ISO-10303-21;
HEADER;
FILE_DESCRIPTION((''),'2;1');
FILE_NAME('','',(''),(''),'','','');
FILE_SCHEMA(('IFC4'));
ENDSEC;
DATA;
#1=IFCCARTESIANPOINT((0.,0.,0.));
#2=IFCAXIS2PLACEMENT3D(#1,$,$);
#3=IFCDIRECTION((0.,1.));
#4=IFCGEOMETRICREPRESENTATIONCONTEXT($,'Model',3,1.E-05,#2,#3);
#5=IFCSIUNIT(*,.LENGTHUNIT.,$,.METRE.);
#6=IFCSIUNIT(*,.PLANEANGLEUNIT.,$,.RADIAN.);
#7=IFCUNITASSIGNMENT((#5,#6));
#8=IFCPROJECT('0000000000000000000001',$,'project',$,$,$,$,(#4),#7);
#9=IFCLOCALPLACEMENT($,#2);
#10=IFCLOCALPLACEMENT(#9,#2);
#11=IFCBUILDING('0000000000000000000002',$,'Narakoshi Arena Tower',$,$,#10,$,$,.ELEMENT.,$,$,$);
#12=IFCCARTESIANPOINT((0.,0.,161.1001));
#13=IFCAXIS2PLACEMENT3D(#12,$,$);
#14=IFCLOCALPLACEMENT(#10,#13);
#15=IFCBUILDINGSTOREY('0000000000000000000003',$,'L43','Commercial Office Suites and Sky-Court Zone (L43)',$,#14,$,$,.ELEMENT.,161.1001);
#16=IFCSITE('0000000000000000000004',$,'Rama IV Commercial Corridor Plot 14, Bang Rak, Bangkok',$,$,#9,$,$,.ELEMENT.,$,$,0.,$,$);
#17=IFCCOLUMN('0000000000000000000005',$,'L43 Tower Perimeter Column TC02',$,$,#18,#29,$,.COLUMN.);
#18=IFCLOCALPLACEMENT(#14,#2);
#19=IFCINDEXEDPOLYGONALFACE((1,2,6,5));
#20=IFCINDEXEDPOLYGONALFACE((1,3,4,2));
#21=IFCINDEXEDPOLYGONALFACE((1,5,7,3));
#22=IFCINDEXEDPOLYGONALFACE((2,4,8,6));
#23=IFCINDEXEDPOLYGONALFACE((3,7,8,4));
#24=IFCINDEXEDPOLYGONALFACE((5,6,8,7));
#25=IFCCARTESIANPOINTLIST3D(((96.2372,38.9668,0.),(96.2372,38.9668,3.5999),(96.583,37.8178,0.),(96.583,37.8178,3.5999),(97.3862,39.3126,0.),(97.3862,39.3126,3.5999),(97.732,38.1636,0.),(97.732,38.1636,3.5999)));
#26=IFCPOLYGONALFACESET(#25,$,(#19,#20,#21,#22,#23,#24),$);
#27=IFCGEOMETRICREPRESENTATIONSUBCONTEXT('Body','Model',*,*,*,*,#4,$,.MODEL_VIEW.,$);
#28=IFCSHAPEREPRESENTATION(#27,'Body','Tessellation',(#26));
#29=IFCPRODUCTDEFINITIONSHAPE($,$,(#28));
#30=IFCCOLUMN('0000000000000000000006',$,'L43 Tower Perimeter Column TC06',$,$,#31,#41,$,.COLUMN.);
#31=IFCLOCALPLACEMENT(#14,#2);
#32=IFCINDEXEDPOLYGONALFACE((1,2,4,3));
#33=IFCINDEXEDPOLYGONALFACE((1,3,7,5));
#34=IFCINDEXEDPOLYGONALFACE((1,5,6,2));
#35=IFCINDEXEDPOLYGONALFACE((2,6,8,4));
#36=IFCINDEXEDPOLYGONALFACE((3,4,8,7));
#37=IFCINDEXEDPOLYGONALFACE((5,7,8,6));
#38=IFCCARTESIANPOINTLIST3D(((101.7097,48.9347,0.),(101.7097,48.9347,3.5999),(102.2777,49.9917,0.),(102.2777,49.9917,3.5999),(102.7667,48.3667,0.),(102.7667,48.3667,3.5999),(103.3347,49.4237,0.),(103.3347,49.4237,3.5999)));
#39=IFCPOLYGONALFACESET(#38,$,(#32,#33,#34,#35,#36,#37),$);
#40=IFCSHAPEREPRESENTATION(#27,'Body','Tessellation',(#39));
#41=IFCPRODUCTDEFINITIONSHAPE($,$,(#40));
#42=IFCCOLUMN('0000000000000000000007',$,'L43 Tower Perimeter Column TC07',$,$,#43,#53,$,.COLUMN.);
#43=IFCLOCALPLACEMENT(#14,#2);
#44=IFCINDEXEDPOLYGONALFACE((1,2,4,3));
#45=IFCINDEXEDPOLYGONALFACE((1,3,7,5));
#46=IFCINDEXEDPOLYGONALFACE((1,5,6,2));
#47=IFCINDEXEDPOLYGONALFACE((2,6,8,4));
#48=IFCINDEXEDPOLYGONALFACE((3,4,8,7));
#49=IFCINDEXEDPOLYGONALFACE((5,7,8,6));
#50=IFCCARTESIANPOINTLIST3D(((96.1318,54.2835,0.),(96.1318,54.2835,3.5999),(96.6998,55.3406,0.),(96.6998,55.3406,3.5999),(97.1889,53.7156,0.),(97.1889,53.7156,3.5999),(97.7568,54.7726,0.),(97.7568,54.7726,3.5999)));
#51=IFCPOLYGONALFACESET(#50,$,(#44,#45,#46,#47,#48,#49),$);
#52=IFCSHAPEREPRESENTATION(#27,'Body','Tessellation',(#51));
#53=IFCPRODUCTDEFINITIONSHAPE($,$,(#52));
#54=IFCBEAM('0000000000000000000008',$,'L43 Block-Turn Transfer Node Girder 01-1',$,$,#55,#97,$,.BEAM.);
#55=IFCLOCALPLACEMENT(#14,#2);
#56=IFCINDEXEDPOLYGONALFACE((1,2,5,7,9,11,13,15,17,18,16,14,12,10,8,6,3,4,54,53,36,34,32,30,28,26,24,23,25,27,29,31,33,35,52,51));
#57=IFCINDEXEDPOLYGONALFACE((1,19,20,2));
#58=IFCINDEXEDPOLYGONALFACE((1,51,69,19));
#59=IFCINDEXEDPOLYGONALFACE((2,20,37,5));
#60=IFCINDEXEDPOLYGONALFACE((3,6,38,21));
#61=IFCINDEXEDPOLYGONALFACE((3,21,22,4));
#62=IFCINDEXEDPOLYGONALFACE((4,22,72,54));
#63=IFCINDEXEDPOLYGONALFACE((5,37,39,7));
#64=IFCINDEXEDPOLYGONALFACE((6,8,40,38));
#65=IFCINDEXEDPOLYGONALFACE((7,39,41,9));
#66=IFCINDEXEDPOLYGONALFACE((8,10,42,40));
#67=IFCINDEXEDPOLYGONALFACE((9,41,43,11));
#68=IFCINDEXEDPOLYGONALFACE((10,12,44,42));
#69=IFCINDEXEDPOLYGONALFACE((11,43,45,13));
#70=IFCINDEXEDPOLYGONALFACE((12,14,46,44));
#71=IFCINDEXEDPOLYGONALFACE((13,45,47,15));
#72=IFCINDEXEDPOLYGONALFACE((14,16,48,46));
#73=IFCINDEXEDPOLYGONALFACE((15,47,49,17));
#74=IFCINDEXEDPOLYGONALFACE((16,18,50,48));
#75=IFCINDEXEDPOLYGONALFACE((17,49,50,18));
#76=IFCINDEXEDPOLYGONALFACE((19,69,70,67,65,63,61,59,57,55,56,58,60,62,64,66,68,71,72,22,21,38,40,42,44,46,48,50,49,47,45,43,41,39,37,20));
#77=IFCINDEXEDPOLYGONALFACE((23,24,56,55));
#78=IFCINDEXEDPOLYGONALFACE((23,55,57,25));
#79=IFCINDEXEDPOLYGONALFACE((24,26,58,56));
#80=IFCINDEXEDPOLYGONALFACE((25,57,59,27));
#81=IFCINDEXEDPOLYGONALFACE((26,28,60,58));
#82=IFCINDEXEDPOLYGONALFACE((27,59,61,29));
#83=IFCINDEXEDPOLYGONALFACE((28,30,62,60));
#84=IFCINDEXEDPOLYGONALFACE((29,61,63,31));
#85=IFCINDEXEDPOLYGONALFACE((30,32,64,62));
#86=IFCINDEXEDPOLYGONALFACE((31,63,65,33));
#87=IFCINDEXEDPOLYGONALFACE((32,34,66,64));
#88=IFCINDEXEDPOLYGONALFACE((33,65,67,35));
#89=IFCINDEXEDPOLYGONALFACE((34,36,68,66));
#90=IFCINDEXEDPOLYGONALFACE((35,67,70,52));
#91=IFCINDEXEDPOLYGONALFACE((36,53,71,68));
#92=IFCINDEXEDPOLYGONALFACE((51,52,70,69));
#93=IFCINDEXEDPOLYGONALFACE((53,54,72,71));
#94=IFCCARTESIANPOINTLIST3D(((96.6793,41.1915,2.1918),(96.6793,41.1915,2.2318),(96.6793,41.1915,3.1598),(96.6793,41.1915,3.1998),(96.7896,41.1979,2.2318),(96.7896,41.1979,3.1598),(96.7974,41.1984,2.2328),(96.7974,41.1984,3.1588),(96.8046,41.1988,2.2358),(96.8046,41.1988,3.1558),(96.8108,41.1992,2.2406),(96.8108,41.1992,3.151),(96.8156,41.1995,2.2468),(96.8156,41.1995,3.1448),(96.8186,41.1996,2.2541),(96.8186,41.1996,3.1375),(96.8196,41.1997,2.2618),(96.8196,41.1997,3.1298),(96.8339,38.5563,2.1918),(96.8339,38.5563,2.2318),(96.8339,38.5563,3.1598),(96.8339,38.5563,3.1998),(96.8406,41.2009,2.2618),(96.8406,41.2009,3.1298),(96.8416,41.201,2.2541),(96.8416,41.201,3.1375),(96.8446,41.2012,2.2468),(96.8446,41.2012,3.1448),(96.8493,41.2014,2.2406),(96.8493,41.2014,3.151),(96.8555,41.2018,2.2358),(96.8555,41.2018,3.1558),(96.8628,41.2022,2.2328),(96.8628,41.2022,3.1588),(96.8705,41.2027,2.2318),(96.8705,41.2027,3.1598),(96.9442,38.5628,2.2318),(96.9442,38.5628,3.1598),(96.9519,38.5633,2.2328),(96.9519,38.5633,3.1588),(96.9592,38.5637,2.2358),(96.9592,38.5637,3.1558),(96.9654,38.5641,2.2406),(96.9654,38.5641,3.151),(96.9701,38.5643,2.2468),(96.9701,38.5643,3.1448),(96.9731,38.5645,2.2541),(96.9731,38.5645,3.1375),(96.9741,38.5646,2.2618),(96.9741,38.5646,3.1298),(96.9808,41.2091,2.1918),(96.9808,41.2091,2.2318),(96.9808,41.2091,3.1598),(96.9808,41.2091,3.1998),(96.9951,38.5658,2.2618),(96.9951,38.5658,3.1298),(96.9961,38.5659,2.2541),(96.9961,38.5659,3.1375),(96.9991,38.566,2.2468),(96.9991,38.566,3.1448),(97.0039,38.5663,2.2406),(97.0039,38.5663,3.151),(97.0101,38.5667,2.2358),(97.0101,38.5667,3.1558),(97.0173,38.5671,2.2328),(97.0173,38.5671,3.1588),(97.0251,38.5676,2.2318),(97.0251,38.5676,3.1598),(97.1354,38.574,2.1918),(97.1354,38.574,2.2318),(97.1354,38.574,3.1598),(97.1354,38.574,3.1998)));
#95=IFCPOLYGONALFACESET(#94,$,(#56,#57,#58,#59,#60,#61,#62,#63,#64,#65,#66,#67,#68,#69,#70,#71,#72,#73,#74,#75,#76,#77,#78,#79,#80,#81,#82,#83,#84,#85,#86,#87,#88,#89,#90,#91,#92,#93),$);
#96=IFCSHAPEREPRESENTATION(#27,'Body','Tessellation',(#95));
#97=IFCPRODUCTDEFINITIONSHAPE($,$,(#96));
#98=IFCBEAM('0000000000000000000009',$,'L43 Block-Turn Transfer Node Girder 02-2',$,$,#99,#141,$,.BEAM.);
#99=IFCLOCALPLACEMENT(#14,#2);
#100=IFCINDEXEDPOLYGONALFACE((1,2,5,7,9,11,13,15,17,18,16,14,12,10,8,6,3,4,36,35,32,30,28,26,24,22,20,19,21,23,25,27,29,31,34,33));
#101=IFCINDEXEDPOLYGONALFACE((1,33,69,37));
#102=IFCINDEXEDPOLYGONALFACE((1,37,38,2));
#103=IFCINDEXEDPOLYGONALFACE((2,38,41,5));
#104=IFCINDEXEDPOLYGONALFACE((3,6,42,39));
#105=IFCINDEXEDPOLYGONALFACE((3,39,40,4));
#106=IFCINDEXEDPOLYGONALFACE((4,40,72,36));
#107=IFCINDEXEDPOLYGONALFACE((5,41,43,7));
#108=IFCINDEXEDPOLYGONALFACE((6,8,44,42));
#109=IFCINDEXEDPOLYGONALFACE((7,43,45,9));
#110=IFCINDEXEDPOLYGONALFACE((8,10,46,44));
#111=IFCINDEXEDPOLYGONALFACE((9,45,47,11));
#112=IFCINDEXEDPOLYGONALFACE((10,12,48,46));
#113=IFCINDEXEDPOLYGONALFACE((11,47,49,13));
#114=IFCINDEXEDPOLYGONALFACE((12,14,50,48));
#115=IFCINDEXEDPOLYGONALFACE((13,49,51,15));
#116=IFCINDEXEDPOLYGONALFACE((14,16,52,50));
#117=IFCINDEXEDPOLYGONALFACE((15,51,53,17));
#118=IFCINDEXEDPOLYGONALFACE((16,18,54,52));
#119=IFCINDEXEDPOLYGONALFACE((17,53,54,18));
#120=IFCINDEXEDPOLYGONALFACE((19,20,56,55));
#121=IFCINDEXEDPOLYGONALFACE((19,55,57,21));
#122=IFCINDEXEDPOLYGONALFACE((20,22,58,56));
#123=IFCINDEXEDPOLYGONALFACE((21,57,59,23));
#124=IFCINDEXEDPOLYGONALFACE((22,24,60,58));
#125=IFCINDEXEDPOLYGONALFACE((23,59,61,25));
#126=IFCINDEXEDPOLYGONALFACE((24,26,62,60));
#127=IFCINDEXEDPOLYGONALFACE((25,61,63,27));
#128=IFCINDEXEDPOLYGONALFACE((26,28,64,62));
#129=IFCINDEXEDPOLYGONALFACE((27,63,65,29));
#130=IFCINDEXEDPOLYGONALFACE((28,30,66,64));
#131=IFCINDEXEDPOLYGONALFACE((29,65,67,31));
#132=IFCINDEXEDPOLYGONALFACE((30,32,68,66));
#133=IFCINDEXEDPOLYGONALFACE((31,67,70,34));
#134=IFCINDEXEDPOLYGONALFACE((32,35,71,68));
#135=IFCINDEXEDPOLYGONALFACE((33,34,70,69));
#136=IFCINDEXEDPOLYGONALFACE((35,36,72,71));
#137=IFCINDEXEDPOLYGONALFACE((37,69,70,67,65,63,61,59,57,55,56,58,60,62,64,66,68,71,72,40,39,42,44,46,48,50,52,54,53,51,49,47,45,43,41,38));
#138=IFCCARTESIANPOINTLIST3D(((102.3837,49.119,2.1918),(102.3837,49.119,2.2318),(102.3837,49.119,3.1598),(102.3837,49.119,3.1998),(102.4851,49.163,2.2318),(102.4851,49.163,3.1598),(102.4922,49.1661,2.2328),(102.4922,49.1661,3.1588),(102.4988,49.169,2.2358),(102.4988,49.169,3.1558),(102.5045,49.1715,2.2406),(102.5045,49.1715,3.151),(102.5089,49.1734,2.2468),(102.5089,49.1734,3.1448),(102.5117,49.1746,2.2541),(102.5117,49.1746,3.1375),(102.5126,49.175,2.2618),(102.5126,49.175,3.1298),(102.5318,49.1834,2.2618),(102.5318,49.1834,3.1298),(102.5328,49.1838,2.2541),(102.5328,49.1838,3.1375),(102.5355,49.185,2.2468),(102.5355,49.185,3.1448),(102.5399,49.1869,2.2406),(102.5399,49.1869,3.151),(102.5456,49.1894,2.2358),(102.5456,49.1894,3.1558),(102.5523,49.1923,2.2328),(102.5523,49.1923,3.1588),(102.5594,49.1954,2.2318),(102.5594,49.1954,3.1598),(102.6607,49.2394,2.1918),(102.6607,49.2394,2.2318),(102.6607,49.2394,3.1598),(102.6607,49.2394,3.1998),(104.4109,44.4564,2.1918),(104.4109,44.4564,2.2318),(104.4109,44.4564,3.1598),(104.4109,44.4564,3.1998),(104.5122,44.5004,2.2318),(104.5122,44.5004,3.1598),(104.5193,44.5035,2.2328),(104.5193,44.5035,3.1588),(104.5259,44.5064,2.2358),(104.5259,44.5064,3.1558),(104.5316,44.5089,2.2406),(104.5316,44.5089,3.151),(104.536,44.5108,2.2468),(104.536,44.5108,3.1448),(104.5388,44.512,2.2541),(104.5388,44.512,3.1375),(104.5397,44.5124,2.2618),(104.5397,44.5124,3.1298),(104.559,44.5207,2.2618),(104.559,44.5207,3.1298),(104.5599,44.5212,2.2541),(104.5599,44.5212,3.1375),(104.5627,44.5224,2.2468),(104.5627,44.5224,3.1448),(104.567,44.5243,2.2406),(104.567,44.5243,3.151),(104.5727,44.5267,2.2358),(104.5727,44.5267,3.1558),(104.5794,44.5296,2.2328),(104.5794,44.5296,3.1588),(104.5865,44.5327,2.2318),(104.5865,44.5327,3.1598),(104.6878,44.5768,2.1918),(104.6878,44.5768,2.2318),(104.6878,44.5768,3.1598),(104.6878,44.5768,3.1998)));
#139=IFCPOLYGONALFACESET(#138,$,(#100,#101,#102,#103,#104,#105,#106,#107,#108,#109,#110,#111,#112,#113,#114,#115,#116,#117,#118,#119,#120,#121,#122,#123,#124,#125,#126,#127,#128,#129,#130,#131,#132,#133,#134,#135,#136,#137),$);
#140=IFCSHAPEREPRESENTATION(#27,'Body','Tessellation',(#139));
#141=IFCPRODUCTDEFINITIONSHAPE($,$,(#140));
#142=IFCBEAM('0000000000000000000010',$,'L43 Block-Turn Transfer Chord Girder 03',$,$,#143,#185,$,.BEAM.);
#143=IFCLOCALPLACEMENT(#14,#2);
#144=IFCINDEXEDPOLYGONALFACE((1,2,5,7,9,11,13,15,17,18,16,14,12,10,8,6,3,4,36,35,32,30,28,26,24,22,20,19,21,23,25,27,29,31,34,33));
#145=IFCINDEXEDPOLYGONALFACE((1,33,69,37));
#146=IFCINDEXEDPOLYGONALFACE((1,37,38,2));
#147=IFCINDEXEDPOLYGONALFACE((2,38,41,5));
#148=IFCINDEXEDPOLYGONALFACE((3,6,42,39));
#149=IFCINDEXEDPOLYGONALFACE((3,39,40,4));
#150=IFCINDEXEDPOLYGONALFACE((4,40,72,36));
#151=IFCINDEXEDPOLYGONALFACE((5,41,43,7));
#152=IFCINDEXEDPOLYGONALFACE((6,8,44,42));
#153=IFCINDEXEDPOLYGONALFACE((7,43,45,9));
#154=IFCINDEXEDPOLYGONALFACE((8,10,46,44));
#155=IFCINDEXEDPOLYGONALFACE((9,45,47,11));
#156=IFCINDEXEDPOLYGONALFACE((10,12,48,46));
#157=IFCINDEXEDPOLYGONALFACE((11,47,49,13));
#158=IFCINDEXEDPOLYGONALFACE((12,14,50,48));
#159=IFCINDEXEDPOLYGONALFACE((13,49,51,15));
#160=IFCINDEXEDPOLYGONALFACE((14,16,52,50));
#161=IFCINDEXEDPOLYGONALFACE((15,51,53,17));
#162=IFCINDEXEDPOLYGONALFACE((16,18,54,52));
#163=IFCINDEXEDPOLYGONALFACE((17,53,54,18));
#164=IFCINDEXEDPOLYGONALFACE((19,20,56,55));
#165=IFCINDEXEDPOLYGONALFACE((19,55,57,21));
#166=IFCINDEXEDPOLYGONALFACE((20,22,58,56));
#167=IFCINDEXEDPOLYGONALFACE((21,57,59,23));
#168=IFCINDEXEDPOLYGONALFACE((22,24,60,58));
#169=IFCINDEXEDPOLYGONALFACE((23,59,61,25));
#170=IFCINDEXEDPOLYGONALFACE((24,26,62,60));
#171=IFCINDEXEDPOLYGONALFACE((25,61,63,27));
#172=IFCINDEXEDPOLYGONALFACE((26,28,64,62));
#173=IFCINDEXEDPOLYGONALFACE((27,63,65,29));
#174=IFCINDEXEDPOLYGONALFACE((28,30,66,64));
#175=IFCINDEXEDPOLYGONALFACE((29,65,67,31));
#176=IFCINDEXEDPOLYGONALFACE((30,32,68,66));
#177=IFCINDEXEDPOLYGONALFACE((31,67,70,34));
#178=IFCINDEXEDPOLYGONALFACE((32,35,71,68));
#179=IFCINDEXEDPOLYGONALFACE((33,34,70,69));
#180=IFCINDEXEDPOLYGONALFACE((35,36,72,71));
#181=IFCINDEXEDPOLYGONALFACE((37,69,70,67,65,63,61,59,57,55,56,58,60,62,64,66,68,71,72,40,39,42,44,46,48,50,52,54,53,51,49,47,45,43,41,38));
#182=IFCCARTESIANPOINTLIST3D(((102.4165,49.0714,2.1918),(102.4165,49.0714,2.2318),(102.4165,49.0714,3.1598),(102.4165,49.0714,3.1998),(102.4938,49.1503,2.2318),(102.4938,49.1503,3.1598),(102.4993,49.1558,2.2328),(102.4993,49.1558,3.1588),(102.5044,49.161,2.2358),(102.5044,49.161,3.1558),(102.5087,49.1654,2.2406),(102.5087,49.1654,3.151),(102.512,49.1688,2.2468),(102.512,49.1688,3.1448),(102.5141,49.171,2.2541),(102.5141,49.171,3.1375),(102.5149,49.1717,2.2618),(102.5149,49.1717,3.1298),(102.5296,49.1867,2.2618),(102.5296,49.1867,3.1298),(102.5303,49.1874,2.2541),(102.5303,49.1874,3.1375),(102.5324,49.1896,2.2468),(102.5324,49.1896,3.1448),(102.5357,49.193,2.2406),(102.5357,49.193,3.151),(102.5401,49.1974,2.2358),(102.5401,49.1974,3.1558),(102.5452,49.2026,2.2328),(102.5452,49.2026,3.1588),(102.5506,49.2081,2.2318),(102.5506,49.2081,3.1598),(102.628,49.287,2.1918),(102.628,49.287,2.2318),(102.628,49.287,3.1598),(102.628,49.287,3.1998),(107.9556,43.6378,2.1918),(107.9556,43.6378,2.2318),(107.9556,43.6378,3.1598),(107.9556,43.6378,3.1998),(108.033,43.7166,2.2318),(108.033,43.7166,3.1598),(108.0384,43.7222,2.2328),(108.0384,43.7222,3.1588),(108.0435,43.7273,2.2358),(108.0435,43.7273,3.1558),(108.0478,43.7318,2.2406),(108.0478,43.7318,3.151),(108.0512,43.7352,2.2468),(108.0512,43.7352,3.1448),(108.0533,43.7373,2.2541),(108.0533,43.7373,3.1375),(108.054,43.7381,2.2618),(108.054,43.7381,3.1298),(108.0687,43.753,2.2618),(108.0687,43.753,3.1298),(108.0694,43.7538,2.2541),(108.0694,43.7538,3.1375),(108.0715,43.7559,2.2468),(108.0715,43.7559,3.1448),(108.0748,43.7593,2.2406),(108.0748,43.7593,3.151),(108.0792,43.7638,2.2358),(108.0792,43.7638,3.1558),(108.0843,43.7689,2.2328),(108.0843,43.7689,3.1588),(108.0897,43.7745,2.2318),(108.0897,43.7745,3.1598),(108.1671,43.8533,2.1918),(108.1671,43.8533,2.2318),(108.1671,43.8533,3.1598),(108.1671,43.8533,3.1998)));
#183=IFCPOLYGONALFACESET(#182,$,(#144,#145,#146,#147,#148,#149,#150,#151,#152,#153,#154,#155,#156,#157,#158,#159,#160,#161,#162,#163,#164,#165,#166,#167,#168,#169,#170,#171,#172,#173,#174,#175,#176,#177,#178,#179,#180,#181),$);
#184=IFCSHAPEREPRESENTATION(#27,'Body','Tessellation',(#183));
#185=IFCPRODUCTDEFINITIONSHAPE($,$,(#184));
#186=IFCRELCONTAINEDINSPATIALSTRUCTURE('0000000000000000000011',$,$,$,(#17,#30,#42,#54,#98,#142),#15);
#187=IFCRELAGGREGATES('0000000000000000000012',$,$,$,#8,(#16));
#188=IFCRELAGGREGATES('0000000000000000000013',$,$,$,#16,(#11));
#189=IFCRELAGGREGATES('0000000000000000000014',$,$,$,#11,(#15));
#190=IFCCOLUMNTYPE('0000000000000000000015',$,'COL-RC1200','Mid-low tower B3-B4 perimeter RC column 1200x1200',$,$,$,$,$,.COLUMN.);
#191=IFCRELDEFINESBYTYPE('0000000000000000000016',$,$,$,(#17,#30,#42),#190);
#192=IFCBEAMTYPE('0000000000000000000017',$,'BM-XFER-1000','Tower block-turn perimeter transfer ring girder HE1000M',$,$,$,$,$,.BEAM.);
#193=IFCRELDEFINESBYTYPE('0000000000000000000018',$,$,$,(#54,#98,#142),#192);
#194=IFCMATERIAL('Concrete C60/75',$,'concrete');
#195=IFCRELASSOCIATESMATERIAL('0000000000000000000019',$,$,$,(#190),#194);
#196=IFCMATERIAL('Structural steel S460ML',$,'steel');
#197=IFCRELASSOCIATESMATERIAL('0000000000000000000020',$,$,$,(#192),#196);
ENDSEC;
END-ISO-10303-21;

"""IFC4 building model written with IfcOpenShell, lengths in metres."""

from ifc_helpers import new_model, si_unit, direction, frame, origin, origin_2d, place, context, subcontext, project, spatial, rectangle, i_section, extrude, material, material_profile, profile_set, type_object, element, save


model = new_model("IFC4")

# Units and contexts
model_context = context("Model", 3, precision=1e-05, world=origin(), true_north=direction((0.0, 1.0)))
body_context = subcontext(model_context, "Body", "Model", "MODEL_VIEW")
ifc_project = project(units=[si_unit("LENGTHUNIT", "METRE"), si_unit("PLANEANGLEUNIT", "RADIAN")], contexts=[model_context])

# Site, building, storey
site_placement = place(None, origin())
site = spatial("IfcSite", under=ifc_project, at=site_placement, Name="Rama IV Commercial Corridor Plot 14, Bang Rak, Bangkok", CompositionType="ELEMENT", RefElevation=0.0)
building_placement = place(site_placement, origin())
building = spatial("IfcBuilding", under=site, at=building_placement, Name="Narakoshi Arena Tower", CompositionType="ELEMENT")
storey_placement = place(building_placement, frame((0.0, 0.0, 161.1001)))
storey = spatial("IfcBuildingStorey", under=building, at=storey_placement, Name="L43", Description="Commercial Office Suites and Sky-Court Zone (L43)", CompositionType="ELEMENT", Elevation=161.1001)

# Columns
ifc_material_1 = material(Name="Concrete C60/75", Category="concrete")
ifc_material_profile_1 = material_profile(ifc_material_1, rectangle(XDim=1.2, YDim=1.2, at=origin_2d()), Name="RC1200x1200")
ifc_profile_set_1 = profile_set([ifc_material_profile_1], Name="Concrete C60/75")
column_type = type_object("IfcColumnType", Name="COL-RC1200", Description="Mid-low tower B3-B4 perimeter RC column 1200x1200", PredefinedType="COLUMN", material=ifc_profile_set_1)
for number, where, z_axis, x_axis, name in (
    (1, (96.9846, 38.5652, 0.0), (0.0, 0.0, 1.0), (0.957571, 0.288196, 0.0), "L43 Tower Perimeter Column TC02"),
    (2, (102.5222, 49.1792, 0.0), (0.0, 0.0, 1.0), (0.47332, 0.880891, 0.0), "L43 Tower Perimeter Column TC06"),
    (3, (96.9443, 54.5281, 0.0), (0.0, 0.0, 1.0), (0.47332, 0.880891, 0.0), "L43 Tower Perimeter Column TC07"),
):
    element("IfcColumn", number, at=place(storey_placement, frame(where, z_axis=z_axis, x_axis=x_axis)), inside=storey, type_object=column_type, Name=name, PredefinedType="COLUMN", context=body_context, shape_type="SweptSolid", body=[
        extrude(rectangle(XDim=1.2, YDim=1.2, at=origin_2d()), origin(), (0.0, 0.0, 1.0), 3.5999),
    ])

# Beams
ifc_material_2 = material(Name="Structural steel S460ML", Category="steel")
ifc_material_profile_2 = material_profile(ifc_material_2, i_section(OverallWidth=0.302, OverallDepth=1.0081, WebThickness=0.021, FlangeThickness=0.04, FilletRadius=0.03, at=origin_2d()), Name="HE1000M")
ifc_profile_set_2 = profile_set([ifc_material_profile_2], Name="Structural steel S460ML")
beam_type = type_object("IfcBeamType", Name="BM-XFER-1000", Description="Tower block-turn perimeter transfer ring girder HE1000M", PredefinedType="BEAM", material=ifc_profile_set_2)
beam_1_placement = place(storey_placement, frame((96.9846, 38.5652, 2.6958), z_axis=(-0.058549, 0.998285, 0.0), x_axis=(-0.998285, -0.058549, 0.0)))
element("IfcBeam", 4, at=beam_1_placement, inside=storey, type_object=beam_type, Name="L43 Block-Turn Transfer Node Girder 01-1", PredefinedType="BEAM", context=body_context, shape_type="SweptSolid", body=[
    extrude(i_section(OverallWidth=0.302, OverallDepth=1.0081, WebThickness=0.021, FlangeThickness=0.04, FilletRadius=0.03, at=origin_2d()), origin(), (0.0, 0.0, 1.0), 2.6396),
])
beam_2_placement = place(storey_placement, frame((102.5222, 49.1792, 2.6958), z_axis=(0.398707, -0.917078, 0.0), x_axis=(0.917078, 0.398707, 0.0)))
element("IfcBeam", 5, at=beam_2_placement, inside=storey, type_object=beam_type, Name="L43 Block-Turn Transfer Node Girder 02-2", PredefinedType="BEAM", context=body_context, shape_type="SweptSolid", body=[
    extrude(i_section(OverallWidth=0.302, OverallDepth=1.0081, WebThickness=0.021, FlangeThickness=0.04, FilletRadius=0.03, at=origin_2d()), origin(), (0.0, 0.0, 1.0), 5.0842),
])
beam_3_placement = place(storey_placement, frame((102.5222, 49.1792, 2.6958), z_axis=(0.71387, -0.700278, 0.0), x_axis=(0.700278, 0.71387, 0.0)))
element("IfcBeam", 6, at=beam_3_placement, inside=storey, type_object=beam_type, Name="L43 Block-Turn Transfer Chord Girder 03", PredefinedType="BEAM", context=body_context, shape_type="SweptSolid", body=[
    extrude(i_section(OverallWidth=0.302, OverallDepth=1.0081, WebThickness=0.021, FlangeThickness=0.04, FilletRadius=0.03, at=origin_2d()), origin(), (0.0, 0.0, 1.0), 7.7593),
])

save(model, "model.ifc")
